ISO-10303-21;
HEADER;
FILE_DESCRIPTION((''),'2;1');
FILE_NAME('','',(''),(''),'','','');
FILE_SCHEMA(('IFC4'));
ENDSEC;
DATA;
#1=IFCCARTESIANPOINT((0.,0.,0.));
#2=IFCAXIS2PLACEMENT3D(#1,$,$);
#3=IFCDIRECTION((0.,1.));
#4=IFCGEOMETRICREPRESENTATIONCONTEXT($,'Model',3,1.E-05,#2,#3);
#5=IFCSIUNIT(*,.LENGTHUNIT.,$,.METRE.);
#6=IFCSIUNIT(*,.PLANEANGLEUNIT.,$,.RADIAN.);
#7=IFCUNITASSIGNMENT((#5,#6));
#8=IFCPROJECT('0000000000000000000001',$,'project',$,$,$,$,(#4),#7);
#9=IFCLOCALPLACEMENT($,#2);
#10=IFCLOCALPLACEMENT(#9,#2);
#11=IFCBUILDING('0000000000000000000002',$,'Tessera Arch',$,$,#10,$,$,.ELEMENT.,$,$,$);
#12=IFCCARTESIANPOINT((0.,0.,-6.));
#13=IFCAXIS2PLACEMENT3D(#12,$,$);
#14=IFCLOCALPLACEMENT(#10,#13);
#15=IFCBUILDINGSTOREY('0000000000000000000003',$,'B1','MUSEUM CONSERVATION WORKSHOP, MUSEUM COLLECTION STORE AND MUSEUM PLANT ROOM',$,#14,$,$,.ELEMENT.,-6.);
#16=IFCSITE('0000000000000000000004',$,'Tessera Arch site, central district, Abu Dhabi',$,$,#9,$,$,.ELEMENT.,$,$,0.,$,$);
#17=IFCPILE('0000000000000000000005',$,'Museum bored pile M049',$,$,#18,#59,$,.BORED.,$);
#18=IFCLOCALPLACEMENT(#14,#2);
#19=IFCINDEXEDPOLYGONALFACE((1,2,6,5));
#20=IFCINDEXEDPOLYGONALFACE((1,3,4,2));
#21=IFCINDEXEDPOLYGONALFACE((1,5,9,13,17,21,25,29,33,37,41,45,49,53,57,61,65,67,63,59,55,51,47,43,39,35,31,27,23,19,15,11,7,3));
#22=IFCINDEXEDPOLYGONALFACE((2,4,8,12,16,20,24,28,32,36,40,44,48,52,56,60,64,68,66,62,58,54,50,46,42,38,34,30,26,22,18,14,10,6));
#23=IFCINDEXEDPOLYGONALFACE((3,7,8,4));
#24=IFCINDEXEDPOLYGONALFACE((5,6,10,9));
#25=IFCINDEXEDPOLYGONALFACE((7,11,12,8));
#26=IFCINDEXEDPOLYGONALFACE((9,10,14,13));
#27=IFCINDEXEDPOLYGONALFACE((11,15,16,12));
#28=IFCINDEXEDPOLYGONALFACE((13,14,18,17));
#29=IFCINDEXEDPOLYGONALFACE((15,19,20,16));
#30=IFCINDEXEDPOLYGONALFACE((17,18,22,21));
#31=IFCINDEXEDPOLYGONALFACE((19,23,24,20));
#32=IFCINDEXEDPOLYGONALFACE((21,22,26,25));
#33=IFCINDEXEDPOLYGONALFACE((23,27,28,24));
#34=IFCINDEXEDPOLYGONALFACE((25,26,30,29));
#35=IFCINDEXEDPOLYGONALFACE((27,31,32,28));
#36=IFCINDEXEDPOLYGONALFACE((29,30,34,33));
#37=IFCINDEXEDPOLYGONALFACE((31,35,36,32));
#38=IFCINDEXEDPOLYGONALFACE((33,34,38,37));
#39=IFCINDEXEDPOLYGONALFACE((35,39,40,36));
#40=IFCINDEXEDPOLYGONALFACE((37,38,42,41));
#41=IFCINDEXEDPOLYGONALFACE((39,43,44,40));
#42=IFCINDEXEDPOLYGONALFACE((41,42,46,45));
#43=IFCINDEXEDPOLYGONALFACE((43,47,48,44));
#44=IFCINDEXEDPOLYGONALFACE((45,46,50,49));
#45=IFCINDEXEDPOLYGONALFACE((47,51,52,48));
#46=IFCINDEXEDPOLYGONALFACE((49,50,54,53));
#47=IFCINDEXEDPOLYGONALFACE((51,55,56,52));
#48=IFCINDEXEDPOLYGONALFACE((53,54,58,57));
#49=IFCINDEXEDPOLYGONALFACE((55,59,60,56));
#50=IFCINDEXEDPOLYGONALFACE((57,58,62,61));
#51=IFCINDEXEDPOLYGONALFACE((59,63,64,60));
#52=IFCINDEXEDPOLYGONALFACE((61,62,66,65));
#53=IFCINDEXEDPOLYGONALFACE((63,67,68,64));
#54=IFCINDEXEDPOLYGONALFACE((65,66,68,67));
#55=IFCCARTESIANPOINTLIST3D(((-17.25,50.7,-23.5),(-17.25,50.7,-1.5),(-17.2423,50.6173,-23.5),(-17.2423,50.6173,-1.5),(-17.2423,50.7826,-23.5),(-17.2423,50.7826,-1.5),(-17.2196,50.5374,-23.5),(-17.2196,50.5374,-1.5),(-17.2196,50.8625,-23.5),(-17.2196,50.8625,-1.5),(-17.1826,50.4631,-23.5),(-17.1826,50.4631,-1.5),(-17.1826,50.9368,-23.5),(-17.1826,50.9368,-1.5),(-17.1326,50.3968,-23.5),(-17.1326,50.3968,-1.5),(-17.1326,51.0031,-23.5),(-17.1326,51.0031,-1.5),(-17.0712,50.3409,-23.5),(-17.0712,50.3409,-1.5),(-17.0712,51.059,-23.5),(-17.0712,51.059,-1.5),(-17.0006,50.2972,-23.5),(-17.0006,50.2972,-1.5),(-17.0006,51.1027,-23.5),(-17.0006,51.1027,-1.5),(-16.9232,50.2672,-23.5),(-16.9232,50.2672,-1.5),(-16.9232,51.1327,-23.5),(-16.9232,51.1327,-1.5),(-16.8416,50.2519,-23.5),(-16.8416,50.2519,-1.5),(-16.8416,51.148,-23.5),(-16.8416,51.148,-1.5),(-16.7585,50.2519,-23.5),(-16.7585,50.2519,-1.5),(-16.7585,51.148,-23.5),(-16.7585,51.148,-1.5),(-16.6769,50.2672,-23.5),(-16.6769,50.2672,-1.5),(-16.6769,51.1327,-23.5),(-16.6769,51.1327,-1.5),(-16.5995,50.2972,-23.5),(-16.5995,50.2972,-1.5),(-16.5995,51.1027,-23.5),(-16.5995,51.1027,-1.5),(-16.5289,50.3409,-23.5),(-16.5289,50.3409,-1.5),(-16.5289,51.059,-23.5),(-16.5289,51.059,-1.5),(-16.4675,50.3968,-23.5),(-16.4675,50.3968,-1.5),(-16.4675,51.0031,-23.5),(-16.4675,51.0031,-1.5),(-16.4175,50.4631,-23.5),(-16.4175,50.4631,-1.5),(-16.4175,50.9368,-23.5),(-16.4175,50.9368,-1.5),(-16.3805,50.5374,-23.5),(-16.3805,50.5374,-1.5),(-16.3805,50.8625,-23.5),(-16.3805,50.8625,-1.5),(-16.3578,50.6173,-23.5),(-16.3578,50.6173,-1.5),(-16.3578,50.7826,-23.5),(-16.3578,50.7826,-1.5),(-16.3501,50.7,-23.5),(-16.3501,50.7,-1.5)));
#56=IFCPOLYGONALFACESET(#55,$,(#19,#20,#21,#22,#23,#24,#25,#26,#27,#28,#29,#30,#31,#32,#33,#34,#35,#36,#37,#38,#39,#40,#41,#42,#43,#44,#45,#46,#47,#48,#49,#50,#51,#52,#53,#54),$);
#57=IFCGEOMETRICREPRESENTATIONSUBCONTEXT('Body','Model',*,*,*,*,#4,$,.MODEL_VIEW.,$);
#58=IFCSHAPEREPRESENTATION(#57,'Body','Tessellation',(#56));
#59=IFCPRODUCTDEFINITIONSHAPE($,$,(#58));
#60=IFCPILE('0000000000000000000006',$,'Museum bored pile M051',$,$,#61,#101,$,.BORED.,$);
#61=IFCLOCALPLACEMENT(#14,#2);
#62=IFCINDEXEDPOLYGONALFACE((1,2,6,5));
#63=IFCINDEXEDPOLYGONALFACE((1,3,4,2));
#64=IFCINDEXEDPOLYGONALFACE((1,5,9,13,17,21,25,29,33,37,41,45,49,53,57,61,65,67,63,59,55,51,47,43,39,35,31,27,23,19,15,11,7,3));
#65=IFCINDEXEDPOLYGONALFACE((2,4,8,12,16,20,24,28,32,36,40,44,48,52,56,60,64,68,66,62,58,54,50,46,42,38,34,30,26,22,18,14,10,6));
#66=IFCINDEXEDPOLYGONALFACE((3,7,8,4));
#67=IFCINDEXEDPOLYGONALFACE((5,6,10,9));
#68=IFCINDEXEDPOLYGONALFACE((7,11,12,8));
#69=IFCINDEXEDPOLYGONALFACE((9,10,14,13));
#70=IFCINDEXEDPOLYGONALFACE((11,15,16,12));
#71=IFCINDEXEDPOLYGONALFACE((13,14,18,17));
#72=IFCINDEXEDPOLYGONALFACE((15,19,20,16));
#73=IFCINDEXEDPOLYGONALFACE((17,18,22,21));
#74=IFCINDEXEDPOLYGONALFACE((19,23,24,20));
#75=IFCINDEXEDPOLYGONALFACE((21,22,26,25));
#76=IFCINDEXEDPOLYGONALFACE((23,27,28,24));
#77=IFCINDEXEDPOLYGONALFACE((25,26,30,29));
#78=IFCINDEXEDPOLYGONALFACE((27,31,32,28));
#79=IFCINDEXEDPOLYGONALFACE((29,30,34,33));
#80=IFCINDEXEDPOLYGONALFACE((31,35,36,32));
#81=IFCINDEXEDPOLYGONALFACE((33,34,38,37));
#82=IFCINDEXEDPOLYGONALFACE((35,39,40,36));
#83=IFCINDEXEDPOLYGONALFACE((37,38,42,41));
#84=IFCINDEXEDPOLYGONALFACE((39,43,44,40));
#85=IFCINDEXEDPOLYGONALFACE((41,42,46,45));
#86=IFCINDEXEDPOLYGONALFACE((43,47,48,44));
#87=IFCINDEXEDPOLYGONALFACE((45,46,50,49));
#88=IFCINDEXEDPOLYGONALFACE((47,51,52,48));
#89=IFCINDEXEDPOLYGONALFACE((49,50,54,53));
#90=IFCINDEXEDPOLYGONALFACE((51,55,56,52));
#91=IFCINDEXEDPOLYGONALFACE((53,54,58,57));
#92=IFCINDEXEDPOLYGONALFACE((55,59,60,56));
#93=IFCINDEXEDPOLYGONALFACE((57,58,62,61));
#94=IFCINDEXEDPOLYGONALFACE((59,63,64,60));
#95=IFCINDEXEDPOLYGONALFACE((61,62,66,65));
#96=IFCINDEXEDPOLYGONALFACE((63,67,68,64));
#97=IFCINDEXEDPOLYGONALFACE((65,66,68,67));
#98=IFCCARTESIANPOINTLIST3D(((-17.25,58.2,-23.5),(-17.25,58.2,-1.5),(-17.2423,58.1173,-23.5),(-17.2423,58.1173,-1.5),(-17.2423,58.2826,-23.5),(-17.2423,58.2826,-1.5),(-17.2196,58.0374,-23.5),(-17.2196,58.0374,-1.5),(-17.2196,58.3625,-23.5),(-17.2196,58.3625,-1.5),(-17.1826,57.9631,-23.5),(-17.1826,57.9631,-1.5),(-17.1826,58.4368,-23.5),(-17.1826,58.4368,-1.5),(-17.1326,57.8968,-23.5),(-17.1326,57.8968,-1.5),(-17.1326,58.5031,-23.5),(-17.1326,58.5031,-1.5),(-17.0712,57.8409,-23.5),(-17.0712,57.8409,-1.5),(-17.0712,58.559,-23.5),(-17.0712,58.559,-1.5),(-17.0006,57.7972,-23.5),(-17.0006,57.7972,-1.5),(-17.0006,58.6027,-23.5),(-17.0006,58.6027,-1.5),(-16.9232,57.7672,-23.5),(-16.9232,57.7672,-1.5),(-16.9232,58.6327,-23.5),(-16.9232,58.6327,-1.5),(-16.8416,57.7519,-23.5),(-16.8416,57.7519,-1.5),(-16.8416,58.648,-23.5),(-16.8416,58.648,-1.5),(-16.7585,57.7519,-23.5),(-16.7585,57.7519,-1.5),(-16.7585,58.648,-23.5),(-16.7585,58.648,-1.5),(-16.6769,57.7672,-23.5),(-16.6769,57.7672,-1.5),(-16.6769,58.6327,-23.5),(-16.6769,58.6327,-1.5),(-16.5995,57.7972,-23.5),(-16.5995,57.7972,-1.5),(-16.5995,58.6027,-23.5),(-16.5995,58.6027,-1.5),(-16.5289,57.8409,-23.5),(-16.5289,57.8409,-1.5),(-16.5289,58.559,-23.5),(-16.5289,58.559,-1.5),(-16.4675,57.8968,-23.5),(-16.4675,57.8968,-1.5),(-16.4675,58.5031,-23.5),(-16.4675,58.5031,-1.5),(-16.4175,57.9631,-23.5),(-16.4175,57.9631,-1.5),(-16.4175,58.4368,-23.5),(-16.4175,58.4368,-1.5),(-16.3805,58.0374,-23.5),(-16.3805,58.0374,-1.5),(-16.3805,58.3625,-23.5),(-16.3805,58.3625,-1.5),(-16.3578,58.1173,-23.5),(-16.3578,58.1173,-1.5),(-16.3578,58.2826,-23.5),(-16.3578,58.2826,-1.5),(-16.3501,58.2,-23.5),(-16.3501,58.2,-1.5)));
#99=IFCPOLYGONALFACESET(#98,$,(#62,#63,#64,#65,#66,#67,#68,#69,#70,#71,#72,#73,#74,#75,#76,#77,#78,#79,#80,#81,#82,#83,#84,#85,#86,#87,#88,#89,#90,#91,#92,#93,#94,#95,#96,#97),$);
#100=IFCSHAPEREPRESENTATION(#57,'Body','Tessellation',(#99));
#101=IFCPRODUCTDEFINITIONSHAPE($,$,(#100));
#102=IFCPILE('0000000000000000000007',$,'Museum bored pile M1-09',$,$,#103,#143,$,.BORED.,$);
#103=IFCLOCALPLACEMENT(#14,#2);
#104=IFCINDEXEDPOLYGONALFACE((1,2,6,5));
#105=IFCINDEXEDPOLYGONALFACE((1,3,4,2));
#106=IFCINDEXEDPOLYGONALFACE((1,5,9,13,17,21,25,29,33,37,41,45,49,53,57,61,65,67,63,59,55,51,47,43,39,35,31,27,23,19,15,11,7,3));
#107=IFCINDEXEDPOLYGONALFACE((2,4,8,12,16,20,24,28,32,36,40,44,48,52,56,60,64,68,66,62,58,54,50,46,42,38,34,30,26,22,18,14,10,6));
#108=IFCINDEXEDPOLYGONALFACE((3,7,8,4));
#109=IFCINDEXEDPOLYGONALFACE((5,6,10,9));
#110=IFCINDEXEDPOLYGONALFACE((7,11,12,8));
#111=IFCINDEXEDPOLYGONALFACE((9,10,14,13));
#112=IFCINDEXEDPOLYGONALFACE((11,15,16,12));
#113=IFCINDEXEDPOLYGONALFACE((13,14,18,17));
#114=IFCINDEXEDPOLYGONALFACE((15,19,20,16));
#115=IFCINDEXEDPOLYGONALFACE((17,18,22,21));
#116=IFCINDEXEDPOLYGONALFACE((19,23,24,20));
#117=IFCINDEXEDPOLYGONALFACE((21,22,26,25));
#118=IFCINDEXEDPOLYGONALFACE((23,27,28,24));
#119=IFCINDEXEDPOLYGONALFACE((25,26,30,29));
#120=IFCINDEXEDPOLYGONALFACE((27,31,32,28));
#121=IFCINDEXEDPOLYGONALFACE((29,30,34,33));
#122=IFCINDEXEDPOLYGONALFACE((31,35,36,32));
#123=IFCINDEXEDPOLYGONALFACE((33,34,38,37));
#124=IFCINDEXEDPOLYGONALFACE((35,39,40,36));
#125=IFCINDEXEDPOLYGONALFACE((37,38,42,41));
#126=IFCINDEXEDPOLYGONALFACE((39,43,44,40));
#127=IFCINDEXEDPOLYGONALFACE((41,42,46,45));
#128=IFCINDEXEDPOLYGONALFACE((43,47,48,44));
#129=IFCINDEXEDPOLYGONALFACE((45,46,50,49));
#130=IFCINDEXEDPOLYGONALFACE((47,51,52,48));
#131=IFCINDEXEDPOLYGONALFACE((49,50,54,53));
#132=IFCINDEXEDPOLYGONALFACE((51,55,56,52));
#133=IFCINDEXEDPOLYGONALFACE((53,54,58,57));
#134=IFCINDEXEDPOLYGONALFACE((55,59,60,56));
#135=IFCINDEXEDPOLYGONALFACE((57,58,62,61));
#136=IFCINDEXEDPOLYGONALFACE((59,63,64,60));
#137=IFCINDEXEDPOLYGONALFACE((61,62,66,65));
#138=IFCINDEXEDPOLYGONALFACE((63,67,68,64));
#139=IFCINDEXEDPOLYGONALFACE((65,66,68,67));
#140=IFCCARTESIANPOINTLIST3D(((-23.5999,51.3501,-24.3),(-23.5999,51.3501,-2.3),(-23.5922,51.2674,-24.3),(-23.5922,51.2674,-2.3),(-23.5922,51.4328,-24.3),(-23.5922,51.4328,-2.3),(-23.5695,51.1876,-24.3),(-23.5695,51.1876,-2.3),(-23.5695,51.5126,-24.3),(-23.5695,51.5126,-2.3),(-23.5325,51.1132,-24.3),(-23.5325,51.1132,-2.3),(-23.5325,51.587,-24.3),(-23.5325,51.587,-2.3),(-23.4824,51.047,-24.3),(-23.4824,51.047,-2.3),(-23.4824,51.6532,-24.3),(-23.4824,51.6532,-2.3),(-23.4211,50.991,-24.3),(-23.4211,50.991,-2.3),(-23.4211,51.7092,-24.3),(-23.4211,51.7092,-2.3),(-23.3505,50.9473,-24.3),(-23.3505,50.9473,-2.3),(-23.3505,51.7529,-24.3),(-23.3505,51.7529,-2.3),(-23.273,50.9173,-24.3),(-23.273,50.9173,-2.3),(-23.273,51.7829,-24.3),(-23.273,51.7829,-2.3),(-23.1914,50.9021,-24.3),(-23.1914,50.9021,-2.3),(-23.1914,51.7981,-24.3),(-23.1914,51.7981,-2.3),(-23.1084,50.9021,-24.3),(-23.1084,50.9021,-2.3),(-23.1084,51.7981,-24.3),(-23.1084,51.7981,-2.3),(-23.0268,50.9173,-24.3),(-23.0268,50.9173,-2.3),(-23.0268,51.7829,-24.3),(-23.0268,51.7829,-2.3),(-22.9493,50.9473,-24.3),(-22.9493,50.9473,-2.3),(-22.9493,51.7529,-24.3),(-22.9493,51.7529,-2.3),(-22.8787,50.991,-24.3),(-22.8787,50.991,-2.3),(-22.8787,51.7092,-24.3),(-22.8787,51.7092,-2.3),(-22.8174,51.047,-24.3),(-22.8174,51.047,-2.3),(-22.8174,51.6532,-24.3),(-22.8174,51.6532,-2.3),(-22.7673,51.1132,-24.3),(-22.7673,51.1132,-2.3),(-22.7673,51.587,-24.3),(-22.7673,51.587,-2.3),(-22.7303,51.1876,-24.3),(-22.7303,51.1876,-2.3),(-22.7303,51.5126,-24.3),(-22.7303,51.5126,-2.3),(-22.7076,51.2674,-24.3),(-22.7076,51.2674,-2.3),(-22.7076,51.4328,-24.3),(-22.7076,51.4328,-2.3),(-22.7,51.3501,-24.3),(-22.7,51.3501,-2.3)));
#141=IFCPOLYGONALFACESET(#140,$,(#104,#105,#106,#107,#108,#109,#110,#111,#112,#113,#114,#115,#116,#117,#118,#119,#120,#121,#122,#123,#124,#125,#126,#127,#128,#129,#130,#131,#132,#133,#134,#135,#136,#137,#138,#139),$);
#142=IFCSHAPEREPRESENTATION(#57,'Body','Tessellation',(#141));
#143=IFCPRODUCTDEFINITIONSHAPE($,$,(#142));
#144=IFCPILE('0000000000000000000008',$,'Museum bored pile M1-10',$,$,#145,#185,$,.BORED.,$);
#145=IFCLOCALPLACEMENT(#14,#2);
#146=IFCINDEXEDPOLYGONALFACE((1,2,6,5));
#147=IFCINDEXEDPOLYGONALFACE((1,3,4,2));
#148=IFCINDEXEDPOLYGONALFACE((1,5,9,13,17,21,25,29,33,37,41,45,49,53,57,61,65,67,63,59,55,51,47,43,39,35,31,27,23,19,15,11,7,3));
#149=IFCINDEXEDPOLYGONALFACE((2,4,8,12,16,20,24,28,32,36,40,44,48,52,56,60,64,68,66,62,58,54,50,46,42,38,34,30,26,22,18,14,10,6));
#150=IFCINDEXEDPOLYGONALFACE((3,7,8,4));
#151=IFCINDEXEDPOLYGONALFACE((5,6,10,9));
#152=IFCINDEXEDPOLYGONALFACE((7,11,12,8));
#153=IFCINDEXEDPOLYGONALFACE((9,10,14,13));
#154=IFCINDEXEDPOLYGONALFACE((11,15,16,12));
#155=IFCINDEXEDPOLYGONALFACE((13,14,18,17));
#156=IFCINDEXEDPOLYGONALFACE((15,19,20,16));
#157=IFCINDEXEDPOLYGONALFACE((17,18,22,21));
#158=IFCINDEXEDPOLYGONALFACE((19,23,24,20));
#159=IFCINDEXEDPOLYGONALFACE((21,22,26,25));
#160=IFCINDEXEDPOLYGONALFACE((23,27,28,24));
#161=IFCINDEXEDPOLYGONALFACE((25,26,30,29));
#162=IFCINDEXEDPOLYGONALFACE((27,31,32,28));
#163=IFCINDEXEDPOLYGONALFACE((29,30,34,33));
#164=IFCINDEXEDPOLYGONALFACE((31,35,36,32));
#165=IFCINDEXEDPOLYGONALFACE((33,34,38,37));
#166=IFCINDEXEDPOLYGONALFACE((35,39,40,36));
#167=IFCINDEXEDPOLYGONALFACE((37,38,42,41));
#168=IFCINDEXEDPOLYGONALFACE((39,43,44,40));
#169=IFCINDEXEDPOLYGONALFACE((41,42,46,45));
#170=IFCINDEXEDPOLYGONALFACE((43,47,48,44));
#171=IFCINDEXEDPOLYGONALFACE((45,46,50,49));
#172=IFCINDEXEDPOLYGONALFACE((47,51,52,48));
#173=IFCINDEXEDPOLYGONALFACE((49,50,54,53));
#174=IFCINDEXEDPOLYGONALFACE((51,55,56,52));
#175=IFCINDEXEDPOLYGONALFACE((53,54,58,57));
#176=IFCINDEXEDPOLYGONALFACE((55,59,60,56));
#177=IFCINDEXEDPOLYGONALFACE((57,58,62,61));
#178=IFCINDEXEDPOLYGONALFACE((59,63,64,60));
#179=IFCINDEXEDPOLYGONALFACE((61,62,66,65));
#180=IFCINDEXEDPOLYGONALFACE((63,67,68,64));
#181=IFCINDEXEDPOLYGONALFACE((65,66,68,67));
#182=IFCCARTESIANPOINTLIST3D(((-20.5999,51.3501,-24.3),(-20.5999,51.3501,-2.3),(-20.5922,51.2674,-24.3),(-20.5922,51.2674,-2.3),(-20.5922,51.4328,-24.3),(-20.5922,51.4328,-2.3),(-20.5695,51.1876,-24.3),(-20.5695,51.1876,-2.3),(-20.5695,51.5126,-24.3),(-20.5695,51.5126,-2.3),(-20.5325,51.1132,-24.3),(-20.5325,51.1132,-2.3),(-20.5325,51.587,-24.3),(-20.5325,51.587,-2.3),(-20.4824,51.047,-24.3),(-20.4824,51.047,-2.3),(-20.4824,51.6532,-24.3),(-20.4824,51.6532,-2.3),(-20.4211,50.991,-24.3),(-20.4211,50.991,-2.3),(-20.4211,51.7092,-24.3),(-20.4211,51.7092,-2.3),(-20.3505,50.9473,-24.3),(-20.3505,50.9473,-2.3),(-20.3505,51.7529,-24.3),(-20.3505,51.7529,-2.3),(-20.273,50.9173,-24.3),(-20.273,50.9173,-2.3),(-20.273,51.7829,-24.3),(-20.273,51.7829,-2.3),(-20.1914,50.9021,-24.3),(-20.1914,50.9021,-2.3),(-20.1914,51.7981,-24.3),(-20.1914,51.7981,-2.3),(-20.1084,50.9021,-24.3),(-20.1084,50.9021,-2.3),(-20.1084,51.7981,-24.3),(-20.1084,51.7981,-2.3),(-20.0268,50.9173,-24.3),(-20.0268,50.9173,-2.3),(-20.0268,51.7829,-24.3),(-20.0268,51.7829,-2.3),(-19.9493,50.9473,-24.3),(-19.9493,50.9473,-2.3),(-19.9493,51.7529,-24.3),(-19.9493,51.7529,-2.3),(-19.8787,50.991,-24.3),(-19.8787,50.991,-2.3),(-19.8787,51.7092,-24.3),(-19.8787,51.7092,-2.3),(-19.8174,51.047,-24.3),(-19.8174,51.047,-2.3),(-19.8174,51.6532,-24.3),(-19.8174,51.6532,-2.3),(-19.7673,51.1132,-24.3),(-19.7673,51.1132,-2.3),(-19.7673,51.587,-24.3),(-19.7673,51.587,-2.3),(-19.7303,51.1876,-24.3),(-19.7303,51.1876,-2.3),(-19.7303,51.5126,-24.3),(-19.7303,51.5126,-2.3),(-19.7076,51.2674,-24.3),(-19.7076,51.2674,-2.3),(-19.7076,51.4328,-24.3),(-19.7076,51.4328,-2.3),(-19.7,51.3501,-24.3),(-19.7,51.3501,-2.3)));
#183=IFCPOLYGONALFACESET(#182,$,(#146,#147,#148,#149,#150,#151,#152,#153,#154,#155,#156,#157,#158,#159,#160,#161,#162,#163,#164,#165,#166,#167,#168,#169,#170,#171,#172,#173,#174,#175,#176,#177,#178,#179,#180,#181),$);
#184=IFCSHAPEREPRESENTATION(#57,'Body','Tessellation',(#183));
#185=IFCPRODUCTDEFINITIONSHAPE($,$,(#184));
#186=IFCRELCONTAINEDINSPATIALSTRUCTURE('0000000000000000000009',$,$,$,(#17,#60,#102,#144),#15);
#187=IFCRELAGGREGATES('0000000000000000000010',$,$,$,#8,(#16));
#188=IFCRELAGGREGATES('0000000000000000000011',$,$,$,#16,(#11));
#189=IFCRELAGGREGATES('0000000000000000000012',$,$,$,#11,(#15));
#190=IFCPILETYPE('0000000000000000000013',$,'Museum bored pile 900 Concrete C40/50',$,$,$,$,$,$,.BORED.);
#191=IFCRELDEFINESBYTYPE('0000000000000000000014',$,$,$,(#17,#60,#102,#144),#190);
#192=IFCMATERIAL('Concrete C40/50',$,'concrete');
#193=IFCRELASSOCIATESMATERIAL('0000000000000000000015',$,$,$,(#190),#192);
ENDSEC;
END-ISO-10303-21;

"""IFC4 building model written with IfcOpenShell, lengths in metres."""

from ifc_helpers import new_model, si_unit, direction, frame, origin, origin_2d, place, context, subcontext, project, spatial, circle, extrude, material, type_object, element, save


model = new_model("IFC4")

# Units and contexts
model_context = context("Model", 3, precision=1e-05, world=origin(), true_north=direction((0.0, 1.0)))
body_context = subcontext(model_context, "Body", "Model", "MODEL_VIEW")
ifc_project = project(units=[si_unit("LENGTHUNIT", "METRE"), si_unit("PLANEANGLEUNIT", "RADIAN")], contexts=[model_context])

# Site, building, storey
site_placement = place(None, origin())
site = spatial("IfcSite", under=ifc_project, at=site_placement, Name="Tessera Arch site, central district, Abu Dhabi", CompositionType="ELEMENT", RefElevation=0.0)
building_placement = place(site_placement, origin())
building = spatial("IfcBuilding", under=site, at=building_placement, Name="Tessera Arch", CompositionType="ELEMENT")
storey_placement = place(building_placement, frame((0.0, 0.0, -6.0)))
storey = spatial("IfcBuildingStorey", under=building, at=storey_placement, Name="B1", Description="MUSEUM CONSERVATION WORKSHOP, MUSEUM COLLECTION STORE AND MUSEUM PLANT ROOM", CompositionType="ELEMENT", Elevation=-6.0)

# Piles
ifc_material_1 = material(Name="Concrete C40/50", Category="concrete")
pile_type = type_object("IfcPileType", Name="Museum bored pile 900 Concrete C40/50", PredefinedType="BORED", material=ifc_material_1)
for number, where, z_axis, x_axis, name in (
    (1, (-16.8, 50.7, -1.5), (0.0, 0.0, -1.0), (1.0, 0.0, 0.0), "Museum bored pile M049"),
    (2, (-16.8, 58.2, -1.5), (0.0, 0.0, -1.0), (1.0, 0.0, 0.0), "Museum bored pile M051"),
    (3, (-23.1499, 51.3501, -2.3), (0.0, 0.0, -1.0), (1.0, 0.0, 0.0), "Museum bored pile M1-09"),
    (4, (-20.1499, 51.3501, -2.3), (0.0, 0.0, -1.0), (1.0, 0.0, 0.0), "Museum bored pile M1-10"),
):
    element("IfcPile", number, at=place(storey_placement, frame(where, z_axis=z_axis, x_axis=x_axis)), inside=storey, type_object=pile_type, Name=name, PredefinedType="BORED", context=body_context, shape_type="SweptSolid", body=[
        extrude(circle(Radius=0.45, at=origin_2d()), origin(), (0.0, 0.0, 1.0), 22.0),
    ])

save(model, "model.ifc")
